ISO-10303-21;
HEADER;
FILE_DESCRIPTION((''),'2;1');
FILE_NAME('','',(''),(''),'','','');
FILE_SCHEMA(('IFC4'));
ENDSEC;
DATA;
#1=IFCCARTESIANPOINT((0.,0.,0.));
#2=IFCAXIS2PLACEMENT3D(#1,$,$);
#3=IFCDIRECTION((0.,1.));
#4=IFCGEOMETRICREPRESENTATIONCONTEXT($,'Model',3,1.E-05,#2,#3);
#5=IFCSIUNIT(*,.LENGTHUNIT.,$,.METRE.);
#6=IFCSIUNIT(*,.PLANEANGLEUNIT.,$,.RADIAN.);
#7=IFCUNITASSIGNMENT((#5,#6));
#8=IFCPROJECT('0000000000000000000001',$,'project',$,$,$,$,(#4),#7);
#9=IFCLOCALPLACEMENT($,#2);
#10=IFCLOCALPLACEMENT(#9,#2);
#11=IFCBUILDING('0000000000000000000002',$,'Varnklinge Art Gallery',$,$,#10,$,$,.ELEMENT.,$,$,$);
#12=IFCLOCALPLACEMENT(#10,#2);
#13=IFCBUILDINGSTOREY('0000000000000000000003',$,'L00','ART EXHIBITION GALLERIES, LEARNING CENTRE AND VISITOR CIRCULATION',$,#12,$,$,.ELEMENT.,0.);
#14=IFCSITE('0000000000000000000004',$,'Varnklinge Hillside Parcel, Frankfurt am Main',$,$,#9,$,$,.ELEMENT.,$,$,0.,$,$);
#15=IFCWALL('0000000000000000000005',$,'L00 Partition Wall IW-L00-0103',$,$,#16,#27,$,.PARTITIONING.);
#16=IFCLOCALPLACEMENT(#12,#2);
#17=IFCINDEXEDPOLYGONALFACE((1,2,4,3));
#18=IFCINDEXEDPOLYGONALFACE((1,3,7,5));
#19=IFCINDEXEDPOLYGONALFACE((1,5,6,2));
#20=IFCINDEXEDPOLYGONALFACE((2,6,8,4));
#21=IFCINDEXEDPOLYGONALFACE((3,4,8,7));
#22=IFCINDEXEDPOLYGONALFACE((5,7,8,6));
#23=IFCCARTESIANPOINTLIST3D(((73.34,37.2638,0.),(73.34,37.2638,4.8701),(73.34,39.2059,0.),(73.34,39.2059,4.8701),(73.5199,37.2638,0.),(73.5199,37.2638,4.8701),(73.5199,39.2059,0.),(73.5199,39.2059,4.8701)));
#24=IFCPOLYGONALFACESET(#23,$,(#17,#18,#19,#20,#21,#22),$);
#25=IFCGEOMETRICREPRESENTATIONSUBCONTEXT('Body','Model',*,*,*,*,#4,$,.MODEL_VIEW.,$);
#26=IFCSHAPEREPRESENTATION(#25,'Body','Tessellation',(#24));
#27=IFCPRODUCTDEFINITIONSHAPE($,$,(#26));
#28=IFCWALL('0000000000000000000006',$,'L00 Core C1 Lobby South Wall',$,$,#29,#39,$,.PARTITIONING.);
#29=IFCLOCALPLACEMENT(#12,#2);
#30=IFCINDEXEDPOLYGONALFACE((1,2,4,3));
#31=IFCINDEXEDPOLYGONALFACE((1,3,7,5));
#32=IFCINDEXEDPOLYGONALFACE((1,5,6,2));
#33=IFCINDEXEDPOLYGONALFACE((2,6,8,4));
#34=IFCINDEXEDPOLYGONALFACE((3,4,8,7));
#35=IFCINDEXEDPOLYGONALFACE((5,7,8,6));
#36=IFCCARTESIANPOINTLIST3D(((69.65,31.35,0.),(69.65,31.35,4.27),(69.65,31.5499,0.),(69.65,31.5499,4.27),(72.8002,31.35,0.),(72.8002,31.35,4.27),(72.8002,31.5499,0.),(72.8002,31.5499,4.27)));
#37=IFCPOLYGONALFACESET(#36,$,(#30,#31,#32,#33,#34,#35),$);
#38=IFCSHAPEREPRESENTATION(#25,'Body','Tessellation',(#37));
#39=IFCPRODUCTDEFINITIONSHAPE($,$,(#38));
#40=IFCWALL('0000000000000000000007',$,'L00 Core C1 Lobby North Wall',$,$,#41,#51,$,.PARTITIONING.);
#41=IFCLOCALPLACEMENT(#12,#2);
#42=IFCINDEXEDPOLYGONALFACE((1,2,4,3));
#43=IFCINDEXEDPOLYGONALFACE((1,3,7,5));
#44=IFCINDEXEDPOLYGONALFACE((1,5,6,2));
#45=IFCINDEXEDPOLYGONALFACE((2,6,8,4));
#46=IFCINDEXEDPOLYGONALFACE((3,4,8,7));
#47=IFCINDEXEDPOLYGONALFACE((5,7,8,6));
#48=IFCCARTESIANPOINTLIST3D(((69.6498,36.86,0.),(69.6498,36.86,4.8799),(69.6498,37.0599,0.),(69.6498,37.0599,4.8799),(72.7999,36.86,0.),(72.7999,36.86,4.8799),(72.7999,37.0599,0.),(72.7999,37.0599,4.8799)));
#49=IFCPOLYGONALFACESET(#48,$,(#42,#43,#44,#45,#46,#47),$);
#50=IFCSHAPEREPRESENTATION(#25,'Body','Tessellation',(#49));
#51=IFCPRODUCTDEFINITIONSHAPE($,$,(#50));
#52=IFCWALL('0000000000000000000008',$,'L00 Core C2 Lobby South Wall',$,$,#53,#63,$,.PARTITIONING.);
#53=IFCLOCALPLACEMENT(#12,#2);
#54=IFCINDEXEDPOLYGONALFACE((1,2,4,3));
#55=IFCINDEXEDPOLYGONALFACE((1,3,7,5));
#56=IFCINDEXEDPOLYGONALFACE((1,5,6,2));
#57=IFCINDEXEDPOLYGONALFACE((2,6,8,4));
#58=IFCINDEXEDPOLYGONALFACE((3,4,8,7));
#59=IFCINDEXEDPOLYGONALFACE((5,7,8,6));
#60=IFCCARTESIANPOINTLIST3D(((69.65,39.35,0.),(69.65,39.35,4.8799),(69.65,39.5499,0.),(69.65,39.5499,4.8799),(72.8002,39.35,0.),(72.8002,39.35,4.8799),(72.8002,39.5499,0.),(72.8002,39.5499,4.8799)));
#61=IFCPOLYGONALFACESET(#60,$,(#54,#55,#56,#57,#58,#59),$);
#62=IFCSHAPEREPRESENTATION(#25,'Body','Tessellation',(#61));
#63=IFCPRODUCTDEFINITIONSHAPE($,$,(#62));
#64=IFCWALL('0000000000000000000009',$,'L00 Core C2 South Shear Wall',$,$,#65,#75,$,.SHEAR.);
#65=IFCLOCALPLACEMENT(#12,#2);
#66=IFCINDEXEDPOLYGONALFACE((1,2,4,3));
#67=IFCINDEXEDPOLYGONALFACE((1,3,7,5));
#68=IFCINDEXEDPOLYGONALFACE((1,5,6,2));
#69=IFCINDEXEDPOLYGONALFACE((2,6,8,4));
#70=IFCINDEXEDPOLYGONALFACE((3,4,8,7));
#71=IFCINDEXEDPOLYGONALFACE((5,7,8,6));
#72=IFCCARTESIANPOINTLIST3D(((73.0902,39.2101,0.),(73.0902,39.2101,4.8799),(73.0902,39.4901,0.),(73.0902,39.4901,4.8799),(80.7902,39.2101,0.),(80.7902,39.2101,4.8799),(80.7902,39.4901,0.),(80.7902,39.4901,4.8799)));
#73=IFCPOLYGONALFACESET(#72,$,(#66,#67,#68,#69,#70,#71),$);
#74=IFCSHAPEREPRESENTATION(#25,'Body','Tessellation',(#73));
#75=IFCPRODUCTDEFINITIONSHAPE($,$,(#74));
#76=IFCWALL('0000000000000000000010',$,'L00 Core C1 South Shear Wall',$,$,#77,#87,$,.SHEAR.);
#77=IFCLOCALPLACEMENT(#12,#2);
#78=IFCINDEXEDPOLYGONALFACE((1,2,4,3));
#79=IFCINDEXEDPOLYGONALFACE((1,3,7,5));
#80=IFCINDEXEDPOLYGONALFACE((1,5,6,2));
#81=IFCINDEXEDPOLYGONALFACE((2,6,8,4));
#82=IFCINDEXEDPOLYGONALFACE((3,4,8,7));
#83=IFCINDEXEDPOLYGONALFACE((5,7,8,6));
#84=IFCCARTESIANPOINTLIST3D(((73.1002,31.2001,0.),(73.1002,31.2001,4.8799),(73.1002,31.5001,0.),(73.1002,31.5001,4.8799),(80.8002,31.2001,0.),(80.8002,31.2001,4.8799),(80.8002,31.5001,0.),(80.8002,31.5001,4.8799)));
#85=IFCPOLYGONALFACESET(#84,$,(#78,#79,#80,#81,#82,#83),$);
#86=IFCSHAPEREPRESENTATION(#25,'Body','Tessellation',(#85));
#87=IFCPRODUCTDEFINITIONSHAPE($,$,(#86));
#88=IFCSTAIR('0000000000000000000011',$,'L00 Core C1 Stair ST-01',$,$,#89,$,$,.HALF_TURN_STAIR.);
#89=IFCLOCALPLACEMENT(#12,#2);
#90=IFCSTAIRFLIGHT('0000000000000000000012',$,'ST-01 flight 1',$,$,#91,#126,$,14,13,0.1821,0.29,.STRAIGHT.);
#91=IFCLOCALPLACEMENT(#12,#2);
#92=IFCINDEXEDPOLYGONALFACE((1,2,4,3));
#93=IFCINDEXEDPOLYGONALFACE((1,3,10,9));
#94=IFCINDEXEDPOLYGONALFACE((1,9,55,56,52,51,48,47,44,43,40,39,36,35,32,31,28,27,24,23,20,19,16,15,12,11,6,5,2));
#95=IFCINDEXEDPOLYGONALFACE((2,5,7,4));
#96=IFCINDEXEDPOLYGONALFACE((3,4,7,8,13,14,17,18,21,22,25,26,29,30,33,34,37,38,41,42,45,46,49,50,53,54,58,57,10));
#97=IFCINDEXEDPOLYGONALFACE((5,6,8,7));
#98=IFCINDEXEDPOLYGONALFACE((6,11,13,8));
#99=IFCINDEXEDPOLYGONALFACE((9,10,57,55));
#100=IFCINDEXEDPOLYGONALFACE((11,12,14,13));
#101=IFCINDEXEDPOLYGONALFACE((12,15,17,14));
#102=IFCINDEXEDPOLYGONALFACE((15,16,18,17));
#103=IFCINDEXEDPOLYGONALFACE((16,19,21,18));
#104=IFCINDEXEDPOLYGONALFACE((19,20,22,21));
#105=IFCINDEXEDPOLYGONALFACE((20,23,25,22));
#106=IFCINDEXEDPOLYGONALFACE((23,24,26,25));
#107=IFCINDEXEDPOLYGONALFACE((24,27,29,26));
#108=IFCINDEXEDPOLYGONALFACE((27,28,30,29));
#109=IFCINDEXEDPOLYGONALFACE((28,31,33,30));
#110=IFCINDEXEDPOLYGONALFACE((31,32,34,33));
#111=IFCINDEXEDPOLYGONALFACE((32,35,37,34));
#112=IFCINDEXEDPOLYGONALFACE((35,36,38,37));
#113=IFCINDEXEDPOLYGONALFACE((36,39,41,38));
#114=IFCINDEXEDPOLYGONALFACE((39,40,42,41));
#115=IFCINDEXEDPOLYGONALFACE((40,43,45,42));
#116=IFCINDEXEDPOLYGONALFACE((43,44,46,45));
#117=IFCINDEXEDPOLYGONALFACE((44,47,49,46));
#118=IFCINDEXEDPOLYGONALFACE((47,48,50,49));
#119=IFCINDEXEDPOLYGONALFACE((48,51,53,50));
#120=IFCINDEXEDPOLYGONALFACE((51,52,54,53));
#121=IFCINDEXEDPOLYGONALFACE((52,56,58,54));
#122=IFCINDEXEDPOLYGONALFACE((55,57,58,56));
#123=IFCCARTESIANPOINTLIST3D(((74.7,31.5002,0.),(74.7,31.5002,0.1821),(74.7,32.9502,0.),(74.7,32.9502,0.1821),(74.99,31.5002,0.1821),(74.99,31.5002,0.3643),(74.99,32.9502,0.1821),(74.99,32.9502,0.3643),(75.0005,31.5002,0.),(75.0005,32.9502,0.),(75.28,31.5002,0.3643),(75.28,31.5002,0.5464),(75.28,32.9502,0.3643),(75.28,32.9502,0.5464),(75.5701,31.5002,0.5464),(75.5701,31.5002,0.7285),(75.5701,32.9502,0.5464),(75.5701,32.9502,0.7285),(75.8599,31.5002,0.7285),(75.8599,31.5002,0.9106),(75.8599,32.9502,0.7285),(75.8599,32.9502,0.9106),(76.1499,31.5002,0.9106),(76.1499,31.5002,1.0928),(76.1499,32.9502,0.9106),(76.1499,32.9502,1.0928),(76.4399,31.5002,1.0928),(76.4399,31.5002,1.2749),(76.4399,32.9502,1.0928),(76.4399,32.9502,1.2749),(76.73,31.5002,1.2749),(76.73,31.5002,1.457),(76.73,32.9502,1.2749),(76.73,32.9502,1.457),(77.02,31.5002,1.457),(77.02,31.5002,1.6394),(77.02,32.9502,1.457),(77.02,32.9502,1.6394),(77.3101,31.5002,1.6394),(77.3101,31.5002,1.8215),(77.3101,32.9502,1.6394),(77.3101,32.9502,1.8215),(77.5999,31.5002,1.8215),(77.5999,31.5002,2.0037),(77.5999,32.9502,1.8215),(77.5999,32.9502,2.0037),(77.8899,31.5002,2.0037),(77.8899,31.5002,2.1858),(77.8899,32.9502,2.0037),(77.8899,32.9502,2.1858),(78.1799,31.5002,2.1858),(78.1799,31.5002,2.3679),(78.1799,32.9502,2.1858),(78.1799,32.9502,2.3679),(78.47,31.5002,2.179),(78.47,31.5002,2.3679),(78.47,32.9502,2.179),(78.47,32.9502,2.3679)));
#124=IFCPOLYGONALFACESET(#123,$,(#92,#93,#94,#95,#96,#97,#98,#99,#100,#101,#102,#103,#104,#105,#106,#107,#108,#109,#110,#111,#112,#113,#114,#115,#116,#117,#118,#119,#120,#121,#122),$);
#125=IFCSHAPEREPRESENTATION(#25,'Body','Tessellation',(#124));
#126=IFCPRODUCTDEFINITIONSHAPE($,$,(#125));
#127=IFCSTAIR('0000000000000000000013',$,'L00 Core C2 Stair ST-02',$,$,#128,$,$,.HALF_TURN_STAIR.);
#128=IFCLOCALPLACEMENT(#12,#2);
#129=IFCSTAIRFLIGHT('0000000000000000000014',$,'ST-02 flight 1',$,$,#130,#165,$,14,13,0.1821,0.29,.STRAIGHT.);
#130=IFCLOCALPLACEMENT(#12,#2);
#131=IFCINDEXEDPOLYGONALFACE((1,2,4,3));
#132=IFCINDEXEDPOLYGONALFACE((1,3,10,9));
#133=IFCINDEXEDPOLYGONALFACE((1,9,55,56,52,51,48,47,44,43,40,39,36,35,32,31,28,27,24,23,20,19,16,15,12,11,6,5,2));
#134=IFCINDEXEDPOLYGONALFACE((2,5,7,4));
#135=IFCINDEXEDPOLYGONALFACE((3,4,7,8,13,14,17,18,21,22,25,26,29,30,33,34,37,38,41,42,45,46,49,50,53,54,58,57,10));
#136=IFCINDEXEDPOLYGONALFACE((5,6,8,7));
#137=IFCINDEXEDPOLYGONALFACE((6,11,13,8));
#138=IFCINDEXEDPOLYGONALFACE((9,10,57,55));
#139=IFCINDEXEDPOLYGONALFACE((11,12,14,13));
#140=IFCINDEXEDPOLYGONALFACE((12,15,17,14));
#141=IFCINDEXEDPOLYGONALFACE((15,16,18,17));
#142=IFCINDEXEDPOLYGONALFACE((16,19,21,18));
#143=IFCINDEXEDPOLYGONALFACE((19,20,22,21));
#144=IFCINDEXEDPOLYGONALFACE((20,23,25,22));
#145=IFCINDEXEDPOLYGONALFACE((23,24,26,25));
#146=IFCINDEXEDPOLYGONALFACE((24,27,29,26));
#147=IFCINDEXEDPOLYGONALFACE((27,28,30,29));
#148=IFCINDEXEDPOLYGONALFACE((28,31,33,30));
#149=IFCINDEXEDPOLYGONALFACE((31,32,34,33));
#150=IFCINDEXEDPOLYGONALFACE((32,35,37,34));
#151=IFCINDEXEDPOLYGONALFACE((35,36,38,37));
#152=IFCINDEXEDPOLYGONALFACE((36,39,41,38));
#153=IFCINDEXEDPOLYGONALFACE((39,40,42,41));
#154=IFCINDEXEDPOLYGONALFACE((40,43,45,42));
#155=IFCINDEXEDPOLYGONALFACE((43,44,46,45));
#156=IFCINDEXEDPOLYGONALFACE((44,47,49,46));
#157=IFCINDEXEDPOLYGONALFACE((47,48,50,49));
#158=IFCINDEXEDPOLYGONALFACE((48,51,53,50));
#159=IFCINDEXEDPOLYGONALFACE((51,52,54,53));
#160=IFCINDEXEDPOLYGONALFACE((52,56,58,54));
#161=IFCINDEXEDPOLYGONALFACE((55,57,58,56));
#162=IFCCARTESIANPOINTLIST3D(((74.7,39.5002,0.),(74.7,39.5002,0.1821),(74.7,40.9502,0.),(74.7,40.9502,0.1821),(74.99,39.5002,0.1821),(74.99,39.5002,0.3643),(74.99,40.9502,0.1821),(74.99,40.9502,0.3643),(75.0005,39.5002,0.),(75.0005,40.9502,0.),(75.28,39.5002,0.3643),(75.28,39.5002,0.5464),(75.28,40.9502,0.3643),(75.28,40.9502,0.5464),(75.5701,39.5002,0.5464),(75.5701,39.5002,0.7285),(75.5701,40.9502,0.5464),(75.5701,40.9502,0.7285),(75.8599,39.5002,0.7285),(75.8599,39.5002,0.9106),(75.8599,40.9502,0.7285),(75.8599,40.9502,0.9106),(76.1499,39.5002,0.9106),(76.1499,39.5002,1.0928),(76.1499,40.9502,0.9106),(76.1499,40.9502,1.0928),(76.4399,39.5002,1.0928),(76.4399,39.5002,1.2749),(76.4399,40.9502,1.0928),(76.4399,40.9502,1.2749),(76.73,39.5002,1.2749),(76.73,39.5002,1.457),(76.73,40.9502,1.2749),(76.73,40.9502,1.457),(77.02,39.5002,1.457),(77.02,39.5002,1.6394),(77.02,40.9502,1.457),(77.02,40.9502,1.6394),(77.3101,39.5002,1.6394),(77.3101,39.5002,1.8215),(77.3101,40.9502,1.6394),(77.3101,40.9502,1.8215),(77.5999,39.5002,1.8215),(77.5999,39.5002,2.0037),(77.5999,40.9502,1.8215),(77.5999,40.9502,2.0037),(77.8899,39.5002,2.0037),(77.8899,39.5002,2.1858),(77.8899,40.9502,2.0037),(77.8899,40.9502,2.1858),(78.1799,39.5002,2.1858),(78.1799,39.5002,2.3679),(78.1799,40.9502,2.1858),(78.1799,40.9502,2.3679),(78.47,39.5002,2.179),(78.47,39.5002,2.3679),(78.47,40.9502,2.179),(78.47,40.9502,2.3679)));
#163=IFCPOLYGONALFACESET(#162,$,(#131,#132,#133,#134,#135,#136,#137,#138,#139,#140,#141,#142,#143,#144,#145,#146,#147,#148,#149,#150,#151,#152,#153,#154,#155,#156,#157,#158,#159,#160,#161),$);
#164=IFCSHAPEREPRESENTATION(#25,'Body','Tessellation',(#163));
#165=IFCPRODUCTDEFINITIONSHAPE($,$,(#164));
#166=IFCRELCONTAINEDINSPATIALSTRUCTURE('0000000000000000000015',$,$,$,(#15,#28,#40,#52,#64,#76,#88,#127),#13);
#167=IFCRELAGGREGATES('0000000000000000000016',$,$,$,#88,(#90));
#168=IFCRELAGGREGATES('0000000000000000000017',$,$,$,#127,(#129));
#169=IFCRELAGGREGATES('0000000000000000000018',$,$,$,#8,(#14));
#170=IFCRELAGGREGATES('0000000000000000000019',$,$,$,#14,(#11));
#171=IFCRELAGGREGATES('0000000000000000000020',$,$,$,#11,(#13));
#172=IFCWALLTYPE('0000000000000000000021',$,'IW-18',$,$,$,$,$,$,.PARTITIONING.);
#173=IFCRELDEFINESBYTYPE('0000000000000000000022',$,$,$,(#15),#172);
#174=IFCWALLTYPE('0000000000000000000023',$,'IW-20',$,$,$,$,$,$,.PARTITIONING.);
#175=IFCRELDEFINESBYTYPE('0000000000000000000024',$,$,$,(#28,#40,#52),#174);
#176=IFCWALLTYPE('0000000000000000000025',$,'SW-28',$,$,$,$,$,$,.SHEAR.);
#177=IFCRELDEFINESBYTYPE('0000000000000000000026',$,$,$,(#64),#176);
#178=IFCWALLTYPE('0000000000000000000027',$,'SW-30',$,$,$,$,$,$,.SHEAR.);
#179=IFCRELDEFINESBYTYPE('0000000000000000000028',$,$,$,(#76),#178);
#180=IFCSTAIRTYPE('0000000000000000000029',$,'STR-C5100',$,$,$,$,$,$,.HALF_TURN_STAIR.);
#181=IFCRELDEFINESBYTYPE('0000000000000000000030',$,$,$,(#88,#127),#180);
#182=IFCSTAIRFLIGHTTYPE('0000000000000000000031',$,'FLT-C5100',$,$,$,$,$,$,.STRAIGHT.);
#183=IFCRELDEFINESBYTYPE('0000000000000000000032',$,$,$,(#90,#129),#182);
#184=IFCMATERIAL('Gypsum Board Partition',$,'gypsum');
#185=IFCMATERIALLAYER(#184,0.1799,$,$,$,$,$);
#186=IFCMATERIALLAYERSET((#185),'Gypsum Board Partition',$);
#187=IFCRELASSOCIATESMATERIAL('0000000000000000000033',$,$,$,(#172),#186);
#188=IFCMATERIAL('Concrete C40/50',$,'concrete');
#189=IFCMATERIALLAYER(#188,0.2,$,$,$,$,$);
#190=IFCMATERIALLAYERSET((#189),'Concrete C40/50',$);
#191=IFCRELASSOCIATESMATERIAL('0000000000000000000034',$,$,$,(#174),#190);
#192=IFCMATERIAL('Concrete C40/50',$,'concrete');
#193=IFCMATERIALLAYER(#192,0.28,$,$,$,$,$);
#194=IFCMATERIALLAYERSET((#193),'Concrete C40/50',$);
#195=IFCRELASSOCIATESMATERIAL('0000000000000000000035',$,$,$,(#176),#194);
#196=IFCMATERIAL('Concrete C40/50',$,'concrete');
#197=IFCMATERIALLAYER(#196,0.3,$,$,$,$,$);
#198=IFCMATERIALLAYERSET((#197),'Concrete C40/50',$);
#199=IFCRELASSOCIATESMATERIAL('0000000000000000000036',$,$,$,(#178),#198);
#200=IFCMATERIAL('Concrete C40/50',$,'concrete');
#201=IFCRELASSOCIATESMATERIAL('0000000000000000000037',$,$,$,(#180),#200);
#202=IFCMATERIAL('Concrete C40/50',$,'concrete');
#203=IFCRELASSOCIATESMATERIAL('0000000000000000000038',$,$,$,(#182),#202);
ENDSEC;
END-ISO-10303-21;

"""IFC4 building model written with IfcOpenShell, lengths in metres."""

from ifc_helpers import new_model, si_unit, direction, frame, frame_2d, origin, place, context, subcontext, project, spatial, polyline, rectangle, outline, extrude, material, layer, layer_set, type_object, element, aggregate, save


model = new_model("IFC4")

# Units and contexts
model_context = context("Model", 3, precision=1e-05, world=origin(), true_north=direction((0.0, 1.0)))
body_context = subcontext(model_context, "Body", "Model", "MODEL_VIEW")
ifc_project = project(units=[si_unit("LENGTHUNIT", "METRE"), si_unit("PLANEANGLEUNIT", "RADIAN")], contexts=[model_context])

# Site, building, storey
site_placement = place(None, origin())
site = spatial("IfcSite", under=ifc_project, at=site_placement, Name="Varnklinge Hillside Parcel, Frankfurt am Main", CompositionType="ELEMENT", RefElevation=0.0)
building_placement = place(site_placement, origin())
building = spatial("IfcBuilding", under=site, at=building_placement, Name="Varnklinge Art Gallery", CompositionType="ELEMENT")
storey_placement = place(building_placement, origin())
storey = spatial("IfcBuildingStorey", under=building, at=storey_placement, Name="L00", Description="ART EXHIBITION GALLERIES, LEARNING CENTRE AND VISITOR CIRCULATION", CompositionType="ELEMENT", Elevation=0.0)

# Walls
ifc_material_1 = material(Name="Gypsum Board Partition", Category="gypsum")
ifc_layer_1 = layer(ifc_material_1, 0.1799)
ifc_layer_set_1 = layer_set([ifc_layer_1], Name="Gypsum Board Partition")
wall_type_1 = type_object("IfcWallType", Name="IW-18", PredefinedType="PARTITIONING", material=ifc_layer_set_1)
wall_1_placement = place(storey_placement, frame((73.4299, 39.2061, 0.0), z_axis=(0.0, 0.0, 1.0), x_axis=(0.0, -1.0, 0.0)))
element("IfcWall", 1, at=wall_1_placement, inside=storey, type_object=wall_type_1, Name="L00 Partition Wall IW-L00-0103", PredefinedType="PARTITIONING", context=body_context, shape_type="SweptSolid", body=[
    extrude(rectangle(XDim=1.9421, YDim=0.1799, at=frame_2d((0.9712, 0.0))), origin(), (0.0, 0.0, 1.0), 4.8701),
])
ifc_material_2 = material(Name="Concrete C40/50", Category="concrete")
ifc_layer_2 = layer(ifc_material_2, 0.2)
ifc_layer_set_2 = layer_set([ifc_layer_2], Name="Concrete C40/50")
wall_type_2 = type_object("IfcWallType", Name="IW-20", PredefinedType="PARTITIONING", material=ifc_layer_set_2)
wall_2_placement = place(storey_placement, frame((69.6499, 31.45, 0.0), z_axis=(0.0, 0.0, 1.0), x_axis=(1.0, 0.0, 0.0)))
element("IfcWall", 2, at=wall_2_placement, inside=storey, type_object=wall_type_2, Name="L00 Core C1 Lobby South Wall", PredefinedType="PARTITIONING", context=body_context, shape_type="SweptSolid", body=[
    extrude(rectangle(XDim=3.1501, YDim=0.2, at=frame_2d((1.5752, 0.0))), origin(), (0.0, 0.0, 1.0), 4.27),
])
wall_3_placement = place(storey_placement, frame((72.8, 36.96, 0.0), z_axis=(0.0, 0.0, 1.0), x_axis=(-1.0, 0.0, 0.0)))
element("IfcWall", 3, at=wall_3_placement, inside=storey, type_object=wall_type_2, Name="L00 Core C1 Lobby North Wall", PredefinedType="PARTITIONING", context=body_context, shape_type="SweptSolid", body=[
    extrude(rectangle(XDim=3.1501, YDim=0.2, at=frame_2d((1.5752, 0.0))), origin(), (0.0, 0.0, 1.0), 4.8799),
])

# Wall
wall_4_placement = place(storey_placement, frame((69.6499, 39.45, 0.0), z_axis=(0.0, 0.0, 1.0), x_axis=(1.0, 0.0, 0.0)))
element("IfcWall", 4, at=wall_4_placement, inside=storey, type_object=wall_type_2, Name="L00 Core C2 Lobby South Wall", PredefinedType="PARTITIONING", context=body_context, shape_type="SweptSolid", body=[
    extrude(rectangle(XDim=3.1501, YDim=0.2, at=frame_2d((1.5752, 0.0))), origin(), (0.0, 0.0, 1.0), 4.8799),
])

# Walls
ifc_material_3 = material(Name="Concrete C40/50", Category="concrete")
ifc_layer_3 = layer(ifc_material_3, 0.28)
ifc_layer_set_3 = layer_set([ifc_layer_3], Name="Concrete C40/50")
wall_type_3 = type_object("IfcWallType", Name="SW-28", PredefinedType="SHEAR", material=ifc_layer_set_3)
wall_5_placement = place(storey_placement, frame((73.0901, 39.3501, 0.0), z_axis=(0.0, 0.0, 1.0), x_axis=(1.0, 0.0, 0.0)))
element("IfcWall", 5, at=wall_5_placement, inside=storey, type_object=wall_type_3, Name="L00 Core C2 South Shear Wall", PredefinedType="SHEAR", context=body_context, shape_type="SweptSolid", body=[
    extrude(rectangle(XDim=7.7, YDim=0.28, at=frame_2d((3.8501, 0.0))), origin(), (0.0, 0.0, 1.0), 4.8799),
])
ifc_material_4 = material(Name="Concrete C40/50", Category="concrete")
ifc_layer_4 = layer(ifc_material_4, 0.3)
ifc_layer_set_4 = layer_set([ifc_layer_4], Name="Concrete C40/50")
wall_type_4 = type_object("IfcWallType", Name="SW-30", PredefinedType="SHEAR", material=ifc_layer_set_4)
wall_6_placement = place(storey_placement, frame((73.1001, 31.3501, 0.0), z_axis=(0.0, 0.0, 1.0), x_axis=(1.0, 0.0, 0.0)))
element("IfcWall", 6, at=wall_6_placement, inside=storey, type_object=wall_type_4, Name="L00 Core C1 South Shear Wall", PredefinedType="SHEAR", context=body_context, shape_type="SweptSolid", body=[
    extrude(rectangle(XDim=7.7, YDim=0.3, at=frame_2d((3.8501, 0.0))), origin(), (0.0, 0.0, 1.0), 4.8799),
])

# Stairs, stair flights
ifc_material_5 = material(Name="Concrete C40/50", Category="concrete")
stair_type = type_object("IfcStairType", Name="STR-C5100", PredefinedType="HALF_TURN_STAIR", material=ifc_material_5)
stair_1_placement = place(storey_placement, origin())
stair_1 = element("IfcStair", 7, at=stair_1_placement, inside=storey, type_object=stair_type, Name="L00 Core C1 Stair ST-01", PredefinedType="HALF_TURN_STAIR")
ifc_material_6 = material(Name="Concrete C40/50", Category="concrete")
stair_flight_type = type_object("IfcStairFlightType", Name="FLT-C5100", PredefinedType="STRAIGHT", material=ifc_material_6)
stair_flight_1_placement = place(storey_placement, frame((74.7, 32.2251, 0.0), z_axis=(0.0, 0.0, 1.0), x_axis=(1.0, 0.0, 0.0)))
stair_flight_1 = element("IfcStairFlight", 8, at=stair_flight_1_placement, type_object=stair_flight_type, Name="ST-01 flight 1", NumberOfRisers=14, NumberOfTreads=13, PredefinedType="STRAIGHT", RiserHeight=0.1821, TreadLength=0.29, context=body_context, shape_type="SweptSolid", body=[
    extrude(outline(polyline([(0.0, 0.0), (0.0, 0.1821), (0.29, 0.1821), (0.29, 0.3643), (0.5801, 0.3643), (0.5801, 0.5464), (0.8701, 0.5464), (0.8701, 0.7285), (1.1599, 0.7285), (1.1599, 0.9106), (1.45, 0.9106), (1.45, 1.0928), (1.74, 1.0928), (1.74, 1.2749), (2.03, 1.2749), (2.03, 1.457), (2.3201, 1.457), (2.3201, 1.6394), (2.6101, 1.6394), (2.6101, 1.8215), (2.8999, 1.8215), (2.8999, 2.0037), (3.1899, 2.0037), (3.1899, 2.1858), (3.48, 2.1858), (3.48, 2.3679), (3.77, 2.3679), (3.77, 2.55), (3.77, 2.179), (0.3005, 0.0), (0.0, 0.0)])), frame((0.0, 0.7251, 0.0), z_axis=(0.0, -1.0, 0.0), x_axis=(1.0, 0.0, 0.0)), (0.0, 0.0, 1.0), 1.45),
])
aggregate(stair_1, [stair_flight_1])
stair_2_placement = place(storey_placement, origin())
stair_2 = element("IfcStair", 9, at=stair_2_placement, inside=storey, type_object=stair_type, Name="L00 Core C2 Stair ST-02", PredefinedType="HALF_TURN_STAIR")
stair_flight_2_placement = place(storey_placement, frame((74.7, 40.2251, 0.0), z_axis=(0.0, 0.0, 1.0), x_axis=(1.0, 0.0, 0.0)))
stair_flight_2 = element("IfcStairFlight", 10, at=stair_flight_2_placement, type_object=stair_flight_type, Name="ST-02 flight 1", NumberOfRisers=14, NumberOfTreads=13, PredefinedType="STRAIGHT", RiserHeight=0.1821, TreadLength=0.29, context=body_context, shape_type="SweptSolid", body=[
    extrude(outline(polyline([(0.0, 0.0), (0.0, 0.1821), (0.29, 0.1821), (0.29, 0.3643), (0.5801, 0.3643), (0.5801, 0.5464), (0.8701, 0.5464), (0.8701, 0.7285), (1.1599, 0.7285), (1.1599, 0.9106), (1.45, 0.9106), (1.45, 1.0928), (1.74, 1.0928), (1.74, 1.2749), (2.03, 1.2749), (2.03, 1.457), (2.3201, 1.457), (2.3201, 1.6394), (2.6101, 1.6394), (2.6101, 1.8215), (2.8999, 1.8215), (2.8999, 2.0037), (3.1899, 2.0037), (3.1899, 2.1858), (3.48, 2.1858), (3.48, 2.3679), (3.77, 2.3679), (3.77, 2.55), (3.77, 2.179), (0.3005, 0.0), (0.0, 0.0)])), frame((0.0, 0.7251, 0.0), z_axis=(0.0, -1.0, 0.0), x_axis=(1.0, 0.0, 0.0)), (0.0, 0.0, 1.0), 1.45),
])
aggregate(stair_2, [stair_flight_2])

save(model, "model.ifc")
